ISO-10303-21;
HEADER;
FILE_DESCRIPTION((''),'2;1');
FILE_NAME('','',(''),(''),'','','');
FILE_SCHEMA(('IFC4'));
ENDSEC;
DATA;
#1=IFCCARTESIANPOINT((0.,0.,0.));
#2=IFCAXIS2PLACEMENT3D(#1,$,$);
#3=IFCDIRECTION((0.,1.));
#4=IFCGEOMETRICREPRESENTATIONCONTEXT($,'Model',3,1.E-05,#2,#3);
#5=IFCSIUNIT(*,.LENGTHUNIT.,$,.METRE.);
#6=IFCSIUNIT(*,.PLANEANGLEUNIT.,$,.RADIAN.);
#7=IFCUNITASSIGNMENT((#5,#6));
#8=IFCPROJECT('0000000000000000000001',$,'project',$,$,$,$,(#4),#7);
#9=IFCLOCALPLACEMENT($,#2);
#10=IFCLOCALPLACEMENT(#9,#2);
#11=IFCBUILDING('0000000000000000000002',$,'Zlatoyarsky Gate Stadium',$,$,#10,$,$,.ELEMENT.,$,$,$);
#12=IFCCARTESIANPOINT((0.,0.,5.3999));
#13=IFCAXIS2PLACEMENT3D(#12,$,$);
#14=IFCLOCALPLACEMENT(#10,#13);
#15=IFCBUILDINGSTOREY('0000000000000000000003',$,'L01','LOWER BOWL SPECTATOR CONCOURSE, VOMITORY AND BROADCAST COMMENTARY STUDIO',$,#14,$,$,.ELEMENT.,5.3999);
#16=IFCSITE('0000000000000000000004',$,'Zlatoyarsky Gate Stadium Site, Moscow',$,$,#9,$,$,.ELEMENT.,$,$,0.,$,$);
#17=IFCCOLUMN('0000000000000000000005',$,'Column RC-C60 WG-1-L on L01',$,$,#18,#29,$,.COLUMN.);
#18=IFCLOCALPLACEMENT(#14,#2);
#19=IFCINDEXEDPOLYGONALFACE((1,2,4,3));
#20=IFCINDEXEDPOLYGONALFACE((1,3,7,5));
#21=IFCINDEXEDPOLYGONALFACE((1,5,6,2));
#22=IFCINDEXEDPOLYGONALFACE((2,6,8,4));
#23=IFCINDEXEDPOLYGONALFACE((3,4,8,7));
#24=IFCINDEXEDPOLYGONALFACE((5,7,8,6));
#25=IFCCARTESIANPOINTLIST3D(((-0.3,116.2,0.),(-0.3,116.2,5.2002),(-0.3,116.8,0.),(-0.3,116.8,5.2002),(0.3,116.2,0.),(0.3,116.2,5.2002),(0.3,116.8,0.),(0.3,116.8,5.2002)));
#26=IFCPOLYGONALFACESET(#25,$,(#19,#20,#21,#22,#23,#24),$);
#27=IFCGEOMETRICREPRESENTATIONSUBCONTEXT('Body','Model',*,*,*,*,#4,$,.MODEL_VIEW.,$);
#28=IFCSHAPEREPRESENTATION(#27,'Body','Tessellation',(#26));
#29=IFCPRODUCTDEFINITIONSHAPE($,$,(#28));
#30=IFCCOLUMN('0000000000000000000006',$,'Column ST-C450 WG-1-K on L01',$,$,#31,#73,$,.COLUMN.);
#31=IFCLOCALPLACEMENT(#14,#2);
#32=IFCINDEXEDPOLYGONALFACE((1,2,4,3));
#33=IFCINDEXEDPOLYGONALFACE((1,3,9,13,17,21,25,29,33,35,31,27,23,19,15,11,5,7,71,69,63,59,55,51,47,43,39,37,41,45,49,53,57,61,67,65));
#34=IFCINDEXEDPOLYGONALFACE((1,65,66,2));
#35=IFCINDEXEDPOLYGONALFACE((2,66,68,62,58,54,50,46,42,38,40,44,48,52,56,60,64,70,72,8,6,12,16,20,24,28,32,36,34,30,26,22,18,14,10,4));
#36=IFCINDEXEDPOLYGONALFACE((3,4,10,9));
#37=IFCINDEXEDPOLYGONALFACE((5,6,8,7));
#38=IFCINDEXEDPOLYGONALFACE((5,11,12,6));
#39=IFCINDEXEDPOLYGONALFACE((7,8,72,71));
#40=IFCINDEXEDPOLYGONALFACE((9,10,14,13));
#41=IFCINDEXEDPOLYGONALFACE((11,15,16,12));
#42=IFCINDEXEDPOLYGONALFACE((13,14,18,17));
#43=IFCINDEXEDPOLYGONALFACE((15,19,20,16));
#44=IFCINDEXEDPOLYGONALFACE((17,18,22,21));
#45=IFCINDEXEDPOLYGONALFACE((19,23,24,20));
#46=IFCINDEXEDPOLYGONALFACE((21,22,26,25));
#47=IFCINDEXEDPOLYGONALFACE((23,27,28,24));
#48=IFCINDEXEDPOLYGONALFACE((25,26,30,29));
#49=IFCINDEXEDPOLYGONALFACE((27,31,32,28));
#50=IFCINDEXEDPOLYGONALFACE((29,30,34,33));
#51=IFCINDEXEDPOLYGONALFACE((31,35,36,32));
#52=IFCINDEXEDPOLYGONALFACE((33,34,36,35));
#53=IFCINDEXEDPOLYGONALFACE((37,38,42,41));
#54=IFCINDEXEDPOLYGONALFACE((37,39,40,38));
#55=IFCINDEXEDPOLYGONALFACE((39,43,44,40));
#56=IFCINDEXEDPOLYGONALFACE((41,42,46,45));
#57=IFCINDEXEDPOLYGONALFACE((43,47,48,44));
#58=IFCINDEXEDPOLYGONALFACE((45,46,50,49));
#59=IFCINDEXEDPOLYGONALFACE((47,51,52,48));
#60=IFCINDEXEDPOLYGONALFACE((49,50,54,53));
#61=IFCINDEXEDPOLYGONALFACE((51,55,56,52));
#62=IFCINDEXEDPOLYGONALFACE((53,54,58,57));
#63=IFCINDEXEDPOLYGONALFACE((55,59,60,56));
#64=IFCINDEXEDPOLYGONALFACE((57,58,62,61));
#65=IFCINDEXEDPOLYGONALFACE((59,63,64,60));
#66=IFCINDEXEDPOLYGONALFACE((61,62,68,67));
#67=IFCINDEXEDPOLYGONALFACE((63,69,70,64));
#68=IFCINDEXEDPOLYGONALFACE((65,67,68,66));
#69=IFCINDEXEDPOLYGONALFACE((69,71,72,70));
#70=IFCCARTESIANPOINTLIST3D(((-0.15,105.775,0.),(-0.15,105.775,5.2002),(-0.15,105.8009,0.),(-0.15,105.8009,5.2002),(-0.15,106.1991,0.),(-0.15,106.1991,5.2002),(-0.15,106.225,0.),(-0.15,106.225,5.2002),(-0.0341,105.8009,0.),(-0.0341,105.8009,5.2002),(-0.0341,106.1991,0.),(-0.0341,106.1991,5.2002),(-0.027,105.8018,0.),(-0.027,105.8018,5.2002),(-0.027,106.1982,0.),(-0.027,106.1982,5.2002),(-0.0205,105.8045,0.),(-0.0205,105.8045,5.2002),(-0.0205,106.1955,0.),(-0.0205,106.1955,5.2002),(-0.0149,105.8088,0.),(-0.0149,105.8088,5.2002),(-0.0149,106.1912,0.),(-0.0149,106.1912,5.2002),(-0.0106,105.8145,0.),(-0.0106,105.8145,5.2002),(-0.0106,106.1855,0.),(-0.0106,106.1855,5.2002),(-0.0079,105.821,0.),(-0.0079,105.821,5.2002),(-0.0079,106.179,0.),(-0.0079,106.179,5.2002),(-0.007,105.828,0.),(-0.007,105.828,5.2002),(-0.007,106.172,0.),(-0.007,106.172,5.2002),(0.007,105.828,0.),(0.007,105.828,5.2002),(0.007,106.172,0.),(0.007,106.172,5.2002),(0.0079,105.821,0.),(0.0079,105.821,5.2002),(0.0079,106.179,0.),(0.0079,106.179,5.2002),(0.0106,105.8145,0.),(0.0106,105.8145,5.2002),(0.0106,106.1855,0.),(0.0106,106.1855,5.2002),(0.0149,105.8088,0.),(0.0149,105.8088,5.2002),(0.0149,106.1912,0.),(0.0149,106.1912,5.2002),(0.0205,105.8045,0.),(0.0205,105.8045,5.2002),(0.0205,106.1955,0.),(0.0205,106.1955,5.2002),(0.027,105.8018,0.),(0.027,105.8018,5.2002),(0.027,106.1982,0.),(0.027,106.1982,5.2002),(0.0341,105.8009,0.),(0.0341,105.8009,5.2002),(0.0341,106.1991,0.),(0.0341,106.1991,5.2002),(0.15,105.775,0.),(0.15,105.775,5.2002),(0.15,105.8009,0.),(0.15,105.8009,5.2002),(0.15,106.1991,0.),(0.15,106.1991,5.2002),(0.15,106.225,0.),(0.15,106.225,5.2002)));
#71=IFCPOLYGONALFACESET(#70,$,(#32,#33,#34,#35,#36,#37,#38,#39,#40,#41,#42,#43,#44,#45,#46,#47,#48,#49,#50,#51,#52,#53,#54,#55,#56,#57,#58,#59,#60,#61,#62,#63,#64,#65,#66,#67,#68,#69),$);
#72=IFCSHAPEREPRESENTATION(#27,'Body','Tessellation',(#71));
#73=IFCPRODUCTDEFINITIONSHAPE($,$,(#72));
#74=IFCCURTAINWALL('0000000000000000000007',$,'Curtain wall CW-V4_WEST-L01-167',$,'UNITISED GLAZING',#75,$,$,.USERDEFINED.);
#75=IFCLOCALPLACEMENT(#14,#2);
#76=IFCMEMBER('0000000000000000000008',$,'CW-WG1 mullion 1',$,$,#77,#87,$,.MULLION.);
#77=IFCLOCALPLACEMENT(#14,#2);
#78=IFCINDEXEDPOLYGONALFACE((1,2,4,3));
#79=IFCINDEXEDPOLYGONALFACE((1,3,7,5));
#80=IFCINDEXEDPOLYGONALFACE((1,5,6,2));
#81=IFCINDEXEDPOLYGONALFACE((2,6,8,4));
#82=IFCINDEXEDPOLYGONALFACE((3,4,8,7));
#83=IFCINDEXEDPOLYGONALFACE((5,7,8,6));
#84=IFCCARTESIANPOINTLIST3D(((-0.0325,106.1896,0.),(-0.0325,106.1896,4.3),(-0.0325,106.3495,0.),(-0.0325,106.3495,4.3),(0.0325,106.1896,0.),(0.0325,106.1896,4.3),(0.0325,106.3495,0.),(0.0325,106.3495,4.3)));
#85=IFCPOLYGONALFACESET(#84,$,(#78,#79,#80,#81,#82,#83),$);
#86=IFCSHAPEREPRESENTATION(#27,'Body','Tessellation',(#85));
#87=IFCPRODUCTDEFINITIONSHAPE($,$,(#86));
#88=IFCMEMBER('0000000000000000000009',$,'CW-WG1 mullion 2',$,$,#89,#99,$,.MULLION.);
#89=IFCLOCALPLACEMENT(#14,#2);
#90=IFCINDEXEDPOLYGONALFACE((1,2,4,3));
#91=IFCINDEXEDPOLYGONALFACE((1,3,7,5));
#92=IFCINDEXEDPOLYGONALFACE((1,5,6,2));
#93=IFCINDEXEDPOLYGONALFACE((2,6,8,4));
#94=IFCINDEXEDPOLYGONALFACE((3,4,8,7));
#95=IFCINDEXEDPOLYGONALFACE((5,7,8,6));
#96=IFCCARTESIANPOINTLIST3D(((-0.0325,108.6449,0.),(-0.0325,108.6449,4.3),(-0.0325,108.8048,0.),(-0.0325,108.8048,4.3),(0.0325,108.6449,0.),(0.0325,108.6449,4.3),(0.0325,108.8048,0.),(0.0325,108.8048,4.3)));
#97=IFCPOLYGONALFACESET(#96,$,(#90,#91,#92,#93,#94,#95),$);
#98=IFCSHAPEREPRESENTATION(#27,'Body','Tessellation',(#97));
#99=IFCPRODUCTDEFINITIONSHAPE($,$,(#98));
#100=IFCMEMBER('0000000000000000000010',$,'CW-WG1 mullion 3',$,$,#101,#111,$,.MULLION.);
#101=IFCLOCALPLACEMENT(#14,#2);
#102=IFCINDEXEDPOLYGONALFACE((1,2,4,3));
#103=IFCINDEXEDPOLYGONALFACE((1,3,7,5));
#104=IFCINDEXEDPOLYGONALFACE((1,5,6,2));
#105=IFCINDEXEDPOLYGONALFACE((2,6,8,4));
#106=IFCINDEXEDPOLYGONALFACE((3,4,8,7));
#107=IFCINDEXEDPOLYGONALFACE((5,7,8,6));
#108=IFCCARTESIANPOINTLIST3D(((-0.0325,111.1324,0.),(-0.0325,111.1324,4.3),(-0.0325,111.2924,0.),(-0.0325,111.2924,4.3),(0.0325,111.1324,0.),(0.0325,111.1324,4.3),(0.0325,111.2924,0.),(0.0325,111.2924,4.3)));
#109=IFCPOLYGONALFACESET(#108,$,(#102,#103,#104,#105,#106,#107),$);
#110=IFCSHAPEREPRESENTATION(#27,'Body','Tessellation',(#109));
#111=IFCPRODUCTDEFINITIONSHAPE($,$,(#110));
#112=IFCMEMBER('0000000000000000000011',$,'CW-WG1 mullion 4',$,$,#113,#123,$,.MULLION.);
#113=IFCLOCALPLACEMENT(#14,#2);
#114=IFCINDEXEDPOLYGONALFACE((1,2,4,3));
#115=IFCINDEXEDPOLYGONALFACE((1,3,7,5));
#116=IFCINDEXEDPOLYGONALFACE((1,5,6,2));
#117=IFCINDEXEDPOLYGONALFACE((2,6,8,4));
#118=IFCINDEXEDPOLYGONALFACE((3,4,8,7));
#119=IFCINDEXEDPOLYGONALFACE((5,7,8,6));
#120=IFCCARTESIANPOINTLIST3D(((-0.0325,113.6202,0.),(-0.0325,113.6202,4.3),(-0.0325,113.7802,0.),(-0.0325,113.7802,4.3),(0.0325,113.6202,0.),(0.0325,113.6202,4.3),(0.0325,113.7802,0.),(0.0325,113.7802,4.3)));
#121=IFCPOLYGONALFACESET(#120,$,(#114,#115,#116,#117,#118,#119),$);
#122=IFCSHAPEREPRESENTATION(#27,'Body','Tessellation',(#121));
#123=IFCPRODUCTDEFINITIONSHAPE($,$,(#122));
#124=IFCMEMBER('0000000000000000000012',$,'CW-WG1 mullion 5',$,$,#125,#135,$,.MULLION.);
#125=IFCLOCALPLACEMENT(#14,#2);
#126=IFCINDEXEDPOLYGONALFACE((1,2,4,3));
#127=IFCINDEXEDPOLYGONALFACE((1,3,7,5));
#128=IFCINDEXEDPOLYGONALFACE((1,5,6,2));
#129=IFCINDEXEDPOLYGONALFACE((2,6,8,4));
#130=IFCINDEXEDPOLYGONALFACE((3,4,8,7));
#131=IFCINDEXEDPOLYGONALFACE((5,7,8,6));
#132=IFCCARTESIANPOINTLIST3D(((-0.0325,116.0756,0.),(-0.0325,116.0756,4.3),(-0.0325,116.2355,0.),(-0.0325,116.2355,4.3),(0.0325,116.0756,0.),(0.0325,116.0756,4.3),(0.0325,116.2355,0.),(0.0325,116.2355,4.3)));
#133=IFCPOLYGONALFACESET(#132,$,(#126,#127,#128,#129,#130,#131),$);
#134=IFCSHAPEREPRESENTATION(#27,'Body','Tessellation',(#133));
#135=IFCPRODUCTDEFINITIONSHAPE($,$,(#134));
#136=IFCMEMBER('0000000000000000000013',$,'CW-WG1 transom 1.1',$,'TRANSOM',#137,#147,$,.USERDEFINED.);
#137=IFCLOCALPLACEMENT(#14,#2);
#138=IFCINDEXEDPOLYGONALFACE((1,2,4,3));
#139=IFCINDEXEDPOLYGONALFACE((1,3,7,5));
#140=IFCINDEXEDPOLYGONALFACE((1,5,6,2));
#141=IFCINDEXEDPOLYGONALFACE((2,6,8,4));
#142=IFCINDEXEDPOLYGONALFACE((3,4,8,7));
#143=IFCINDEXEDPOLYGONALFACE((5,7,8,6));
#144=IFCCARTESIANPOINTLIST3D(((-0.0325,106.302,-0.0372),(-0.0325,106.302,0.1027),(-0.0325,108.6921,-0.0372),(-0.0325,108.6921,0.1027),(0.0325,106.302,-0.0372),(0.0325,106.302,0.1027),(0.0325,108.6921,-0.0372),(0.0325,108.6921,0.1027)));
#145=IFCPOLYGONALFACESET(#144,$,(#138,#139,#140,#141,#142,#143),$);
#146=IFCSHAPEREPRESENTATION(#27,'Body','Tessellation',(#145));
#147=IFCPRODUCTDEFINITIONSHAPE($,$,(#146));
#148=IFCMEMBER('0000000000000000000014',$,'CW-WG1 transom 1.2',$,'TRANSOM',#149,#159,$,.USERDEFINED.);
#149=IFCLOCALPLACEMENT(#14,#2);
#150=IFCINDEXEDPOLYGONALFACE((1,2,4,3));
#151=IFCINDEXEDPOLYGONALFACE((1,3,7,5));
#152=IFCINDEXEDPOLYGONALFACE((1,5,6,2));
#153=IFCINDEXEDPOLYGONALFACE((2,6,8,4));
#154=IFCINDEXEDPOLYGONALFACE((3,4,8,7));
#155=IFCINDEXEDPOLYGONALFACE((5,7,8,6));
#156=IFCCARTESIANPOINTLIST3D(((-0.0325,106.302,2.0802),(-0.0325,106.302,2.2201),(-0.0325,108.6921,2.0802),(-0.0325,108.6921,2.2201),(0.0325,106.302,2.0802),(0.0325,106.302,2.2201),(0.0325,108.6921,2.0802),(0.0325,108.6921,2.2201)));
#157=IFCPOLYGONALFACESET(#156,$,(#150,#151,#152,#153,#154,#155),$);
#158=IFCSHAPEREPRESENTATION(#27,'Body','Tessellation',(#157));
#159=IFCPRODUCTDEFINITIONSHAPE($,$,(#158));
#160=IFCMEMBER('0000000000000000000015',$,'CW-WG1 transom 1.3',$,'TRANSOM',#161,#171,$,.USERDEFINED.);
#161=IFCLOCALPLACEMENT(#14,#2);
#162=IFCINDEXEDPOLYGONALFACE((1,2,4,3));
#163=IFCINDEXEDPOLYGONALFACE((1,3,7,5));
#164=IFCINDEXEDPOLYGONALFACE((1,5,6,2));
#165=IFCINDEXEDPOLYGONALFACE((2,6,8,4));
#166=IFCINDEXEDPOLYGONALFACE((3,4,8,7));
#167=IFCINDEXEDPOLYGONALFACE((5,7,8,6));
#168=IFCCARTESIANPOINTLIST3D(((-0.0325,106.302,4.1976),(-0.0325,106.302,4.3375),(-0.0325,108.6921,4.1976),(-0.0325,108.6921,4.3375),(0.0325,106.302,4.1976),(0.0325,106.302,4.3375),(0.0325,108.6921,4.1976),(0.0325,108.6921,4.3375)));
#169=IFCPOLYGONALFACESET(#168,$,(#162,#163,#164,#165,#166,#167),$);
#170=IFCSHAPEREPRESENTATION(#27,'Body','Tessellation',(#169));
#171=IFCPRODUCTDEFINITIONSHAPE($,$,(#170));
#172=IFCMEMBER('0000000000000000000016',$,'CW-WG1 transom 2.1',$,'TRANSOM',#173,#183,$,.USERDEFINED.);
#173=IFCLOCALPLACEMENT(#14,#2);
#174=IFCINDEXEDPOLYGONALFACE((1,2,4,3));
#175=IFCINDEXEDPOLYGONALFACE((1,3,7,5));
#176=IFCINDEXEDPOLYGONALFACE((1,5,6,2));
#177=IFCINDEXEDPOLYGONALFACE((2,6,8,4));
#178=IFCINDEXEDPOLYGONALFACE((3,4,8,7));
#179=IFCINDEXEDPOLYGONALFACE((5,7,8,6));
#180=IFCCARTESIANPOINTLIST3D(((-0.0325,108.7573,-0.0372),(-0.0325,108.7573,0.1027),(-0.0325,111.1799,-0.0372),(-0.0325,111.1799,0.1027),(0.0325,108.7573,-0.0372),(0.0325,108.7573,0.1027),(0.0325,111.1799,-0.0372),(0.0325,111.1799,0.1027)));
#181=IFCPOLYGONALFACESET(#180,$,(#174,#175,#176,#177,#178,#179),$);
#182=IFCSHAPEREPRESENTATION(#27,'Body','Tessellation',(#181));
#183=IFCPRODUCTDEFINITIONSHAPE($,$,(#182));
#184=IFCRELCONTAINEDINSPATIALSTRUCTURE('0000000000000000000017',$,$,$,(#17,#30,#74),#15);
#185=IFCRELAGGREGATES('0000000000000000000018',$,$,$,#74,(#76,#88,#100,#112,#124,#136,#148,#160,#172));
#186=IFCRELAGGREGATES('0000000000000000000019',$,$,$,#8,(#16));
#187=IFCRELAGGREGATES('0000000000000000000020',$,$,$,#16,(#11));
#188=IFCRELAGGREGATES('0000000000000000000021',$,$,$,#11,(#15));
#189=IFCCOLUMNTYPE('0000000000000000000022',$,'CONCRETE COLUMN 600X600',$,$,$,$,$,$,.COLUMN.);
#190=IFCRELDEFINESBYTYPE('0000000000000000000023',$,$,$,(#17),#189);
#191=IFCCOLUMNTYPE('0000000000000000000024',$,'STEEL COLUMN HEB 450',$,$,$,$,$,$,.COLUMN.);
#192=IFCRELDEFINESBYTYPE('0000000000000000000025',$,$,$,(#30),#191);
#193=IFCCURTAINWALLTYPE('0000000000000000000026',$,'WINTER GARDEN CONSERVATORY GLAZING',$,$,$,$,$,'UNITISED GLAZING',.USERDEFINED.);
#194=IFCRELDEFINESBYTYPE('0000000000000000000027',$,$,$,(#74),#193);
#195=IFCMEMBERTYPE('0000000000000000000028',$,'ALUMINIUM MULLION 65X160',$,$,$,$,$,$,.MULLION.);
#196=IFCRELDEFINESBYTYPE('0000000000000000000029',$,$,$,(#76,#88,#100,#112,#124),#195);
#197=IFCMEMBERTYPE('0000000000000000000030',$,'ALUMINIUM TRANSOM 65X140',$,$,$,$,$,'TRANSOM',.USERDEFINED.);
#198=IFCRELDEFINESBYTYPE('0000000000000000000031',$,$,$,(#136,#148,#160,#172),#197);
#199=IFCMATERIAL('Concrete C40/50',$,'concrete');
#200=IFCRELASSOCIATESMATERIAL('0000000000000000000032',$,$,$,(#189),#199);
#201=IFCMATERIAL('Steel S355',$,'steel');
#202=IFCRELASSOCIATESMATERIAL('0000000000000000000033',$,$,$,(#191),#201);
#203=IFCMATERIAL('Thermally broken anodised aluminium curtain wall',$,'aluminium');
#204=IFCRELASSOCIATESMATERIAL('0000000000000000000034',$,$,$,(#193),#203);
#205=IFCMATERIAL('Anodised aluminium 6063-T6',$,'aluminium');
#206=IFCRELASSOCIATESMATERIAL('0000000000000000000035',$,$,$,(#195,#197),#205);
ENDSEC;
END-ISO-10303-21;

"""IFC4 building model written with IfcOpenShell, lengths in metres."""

from ifc_helpers import new_model, si_unit, direction, frame, origin, origin_2d, place, context, subcontext, project, spatial, rectangle, i_section, extrude, material, material_profile, profile_set, type_object, element, aggregate, save


model = new_model("IFC4")

# Units and contexts
model_context = context("Model", 3, precision=1e-05, world=origin(), true_north=direction((0.0, 1.0)))
body_context = subcontext(model_context, "Body", "Model", "MODEL_VIEW")
ifc_project = project(units=[si_unit("LENGTHUNIT", "METRE"), si_unit("PLANEANGLEUNIT", "RADIAN")], contexts=[model_context])

# Site, building, storey
site_placement = place(None, origin())
site = spatial("IfcSite", under=ifc_project, at=site_placement, Name="Zlatoyarsky Gate Stadium Site, Moscow", CompositionType="ELEMENT", RefElevation=0.0)
building_placement = place(site_placement, origin())
building = spatial("IfcBuilding", under=site, at=building_placement, Name="Zlatoyarsky Gate Stadium", CompositionType="ELEMENT")
storey_placement = place(building_placement, frame((0.0, 0.0, 5.3999)))
storey = spatial("IfcBuildingStorey", under=building, at=storey_placement, Name="L01", Description="LOWER BOWL SPECTATOR CONCOURSE, VOMITORY AND BROADCAST COMMENTARY STUDIO", CompositionType="ELEMENT", Elevation=5.3999)

# Columns
ifc_material_1 = material(Name="Concrete C40/50", Category="concrete")
ifc_material_profile_1 = material_profile(ifc_material_1, rectangle(XDim=0.6001, YDim=0.6001, at=origin_2d()), Name="RC COL 600X600")
ifc_profile_set_1 = profile_set([ifc_material_profile_1], Name="Concrete C40/50")
column_type_1 = type_object("IfcColumnType", Name="CONCRETE COLUMN 600X600", PredefinedType="COLUMN", material=ifc_profile_set_1)
column_1_placement = place(storey_placement, frame((0.0, 116.5, 0.0), z_axis=(0.0, 0.0, 1.0), x_axis=(1.0, 0.0, 0.0)))
element("IfcColumn", 1, at=column_1_placement, inside=storey, type_object=column_type_1, Name="Column RC-C60 WG-1-L on L01", PredefinedType="COLUMN", context=body_context, shape_type="SweptSolid", body=[
    extrude(rectangle(XDim=0.6001, YDim=0.6001, at=origin_2d()), origin(), (0.0, 0.0, 1.0), 5.2002),
])
ifc_material_2 = material(Name="Steel S355", Category="steel")
ifc_material_profile_2 = material_profile(ifc_material_2, i_section(OverallWidth=0.3, OverallDepth=0.45, WebThickness=0.0139, FlangeThickness=0.0259, FilletRadius=0.0271, at=origin_2d()), Name="HEB 450")
ifc_profile_set_2 = profile_set([ifc_material_profile_2], Name="Steel S355")
column_type_2 = type_object("IfcColumnType", Name="STEEL COLUMN HEB 450", PredefinedType="COLUMN", material=ifc_profile_set_2)
column_2_placement = place(storey_placement, frame((0.0, 106.0, 0.0), z_axis=(0.0, 0.0, 1.0), x_axis=(1.0, 0.0, 0.0)))
element("IfcColumn", 2, at=column_2_placement, inside=storey, type_object=column_type_2, Name="Column ST-C450 WG-1-K on L01", PredefinedType="COLUMN", context=body_context, shape_type="SweptSolid", body=[
    extrude(i_section(OverallWidth=0.3, OverallDepth=0.45, WebThickness=0.0139, FlangeThickness=0.0259, FilletRadius=0.0271, at=origin_2d()), origin(), (0.0, 0.0, 1.0), 5.2002),
])

# Curtain wall, members
ifc_material_3 = material(Name="Thermally broken anodised aluminium curtain wall", Category="aluminium")
curtain_wall_type = type_object("IfcCurtainWallType", Name="WINTER GARDEN CONSERVATORY GLAZING", ElementType="UNITISED GLAZING", PredefinedType="USERDEFINED", material=ifc_material_3)
curtain_wall_placement = place(storey_placement, origin())
curtain_wall = element("IfcCurtainWall", 3, at=curtain_wall_placement, inside=storey, type_object=curtain_wall_type, Name="Curtain wall CW-V4_WEST-L01-167", ObjectType="UNITISED GLAZING", PredefinedType="USERDEFINED")
ifc_material_4 = material(Name="Anodised aluminium 6063-T6", Category="aluminium")
ifc_material_profile_3 = material_profile(ifc_material_4, rectangle(XDim=0.0649, YDim=0.1599, at=origin_2d()), Name="ALU 65X160")
ifc_profile_set_3 = profile_set([ifc_material_profile_3], Name="Anodised aluminium 6063-T6")
member_type_1 = type_object("IfcMemberType", Name="ALUMINIUM MULLION 65X160", PredefinedType="MULLION", material=ifc_profile_set_3)
member_1_placement = place(storey_placement, frame((0.0, 106.2695, 0.0), z_axis=(0.0, 0.0, 1.0), x_axis=(-1.0, 0.0, 0.0)))
member_1 = element("IfcMember", 4, at=member_1_placement, type_object=member_type_1, Name="CW-WG1 mullion 1", PredefinedType="MULLION", context=body_context, shape_type="SweptSolid", body=[
    extrude(rectangle(XDim=0.0649, YDim=0.1599, at=origin_2d()), origin(), (0.0, 0.0, 1.0), 4.3),
])
member_2_placement = place(storey_placement, frame((0.0, 108.7249, 0.0), z_axis=(0.0, 0.0, 1.0), x_axis=(-1.0, 0.0, 0.0)))
member_2 = element("IfcMember", 5, at=member_2_placement, type_object=member_type_1, Name="CW-WG1 mullion 2", PredefinedType="MULLION", context=body_context, shape_type="SweptSolid", body=[
    extrude(rectangle(XDim=0.0649, YDim=0.1599, at=origin_2d()), origin(), (0.0, 0.0, 1.0), 4.3),
])
member_3_placement = place(storey_placement, frame((0.0, 111.2124, 0.0), z_axis=(0.0, 0.0, 1.0), x_axis=(-1.0, 0.0, 0.0)))
member_3 = element("IfcMember", 6, at=member_3_placement, type_object=member_type_1, Name="CW-WG1 mullion 3", PredefinedType="MULLION", context=body_context, shape_type="SweptSolid", body=[
    extrude(rectangle(XDim=0.0649, YDim=0.1599, at=origin_2d()), origin(), (0.0, 0.0, 1.0), 4.3),
])
member_4_placement = place(storey_placement, frame((0.0, 113.7002, 0.0), z_axis=(0.0, 0.0, 1.0), x_axis=(-1.0, 0.0, 0.0)))
member_4 = element("IfcMember", 7, at=member_4_placement, type_object=member_type_1, Name="CW-WG1 mullion 4", PredefinedType="MULLION", context=body_context, shape_type="SweptSolid", body=[
    extrude(rectangle(XDim=0.0649, YDim=0.1599, at=origin_2d()), origin(), (0.0, 0.0, 1.0), 4.3),
])
member_5_placement = place(storey_placement, frame((0.0, 116.1555, 0.0), z_axis=(0.0, 0.0, 1.0), x_axis=(-1.0, 0.0, 0.0)))
member_5 = element("IfcMember", 8, at=member_5_placement, type_object=member_type_1, Name="CW-WG1 mullion 5", PredefinedType="MULLION", context=body_context, shape_type="SweptSolid", body=[
    extrude(rectangle(XDim=0.0649, YDim=0.1599, at=origin_2d()), origin(), (0.0, 0.0, 1.0), 4.3),
])
ifc_material_profile_4 = material_profile(ifc_material_4, rectangle(XDim=0.0649, YDim=0.1399, at=origin_2d()), Name="ALU 65X140")
ifc_profile_set_4 = profile_set([ifc_material_profile_4], Name="Anodised aluminium 6063-T6")
member_type_2 = type_object("IfcMemberType", Name="ALUMINIUM TRANSOM 65X140", ElementType="TRANSOM", PredefinedType="USERDEFINED", material=ifc_profile_set_4)
member_6_placement = place(storey_placement, frame((0.0, 106.302, 0.0327), z_axis=(0.0, 1.0, 0.0), x_axis=(-1.0, 0.0, 0.0)))
member_6 = element("IfcMember", 9, at=member_6_placement, type_object=member_type_2, Name="CW-WG1 transom 1.1", ObjectType="TRANSOM", PredefinedType="USERDEFINED", context=body_context, shape_type="SweptSolid", body=[
    extrude(rectangle(XDim=0.0649, YDim=0.1399, at=origin_2d()), origin(), (0.0, 0.0, 1.0), 2.3901),
])
member_7_placement = place(storey_placement, frame((0.0, 106.302, 2.1501), z_axis=(0.0, 1.0, 0.0), x_axis=(-1.0, 0.0, 0.0)))
member_7 = element("IfcMember", 10, at=member_7_placement, type_object=member_type_2, Name="CW-WG1 transom 1.2", ObjectType="TRANSOM", PredefinedType="USERDEFINED", context=body_context, shape_type="SweptSolid", body=[
    extrude(rectangle(XDim=0.0649, YDim=0.1399, at=origin_2d()), origin(), (0.0, 0.0, 1.0), 2.3901),
])
member_8_placement = place(storey_placement, frame((0.0, 106.302, 4.2676), z_axis=(0.0, 1.0, 0.0), x_axis=(-1.0, 0.0, 0.0)))
member_8 = element("IfcMember", 11, at=member_8_placement, type_object=member_type_2, Name="CW-WG1 transom 1.3", ObjectType="TRANSOM", PredefinedType="USERDEFINED", context=body_context, shape_type="SweptSolid", body=[
    extrude(rectangle(XDim=0.0649, YDim=0.1399, at=origin_2d()), origin(), (0.0, 0.0, 1.0), 2.3901),
])
member_9_placement = place(storey_placement, frame((0.0, 108.7573, 0.0327), z_axis=(0.0, 1.0, 0.0), x_axis=(-1.0, 0.0, 0.0)))
member_9 = element("IfcMember", 12, at=member_9_placement, type_object=member_type_2, Name="CW-WG1 transom 2.1", ObjectType="TRANSOM", PredefinedType="USERDEFINED", context=body_context, shape_type="SweptSolid", body=[
    extrude(rectangle(XDim=0.0649, YDim=0.1399, at=origin_2d()), origin(), (0.0, 0.0, 1.0), 2.4226),
])

aggregate(curtain_wall, [member_1, member_2, member_3, member_4, member_5, member_6, member_7, member_8, member_9])

save(model, "model.ifc")
